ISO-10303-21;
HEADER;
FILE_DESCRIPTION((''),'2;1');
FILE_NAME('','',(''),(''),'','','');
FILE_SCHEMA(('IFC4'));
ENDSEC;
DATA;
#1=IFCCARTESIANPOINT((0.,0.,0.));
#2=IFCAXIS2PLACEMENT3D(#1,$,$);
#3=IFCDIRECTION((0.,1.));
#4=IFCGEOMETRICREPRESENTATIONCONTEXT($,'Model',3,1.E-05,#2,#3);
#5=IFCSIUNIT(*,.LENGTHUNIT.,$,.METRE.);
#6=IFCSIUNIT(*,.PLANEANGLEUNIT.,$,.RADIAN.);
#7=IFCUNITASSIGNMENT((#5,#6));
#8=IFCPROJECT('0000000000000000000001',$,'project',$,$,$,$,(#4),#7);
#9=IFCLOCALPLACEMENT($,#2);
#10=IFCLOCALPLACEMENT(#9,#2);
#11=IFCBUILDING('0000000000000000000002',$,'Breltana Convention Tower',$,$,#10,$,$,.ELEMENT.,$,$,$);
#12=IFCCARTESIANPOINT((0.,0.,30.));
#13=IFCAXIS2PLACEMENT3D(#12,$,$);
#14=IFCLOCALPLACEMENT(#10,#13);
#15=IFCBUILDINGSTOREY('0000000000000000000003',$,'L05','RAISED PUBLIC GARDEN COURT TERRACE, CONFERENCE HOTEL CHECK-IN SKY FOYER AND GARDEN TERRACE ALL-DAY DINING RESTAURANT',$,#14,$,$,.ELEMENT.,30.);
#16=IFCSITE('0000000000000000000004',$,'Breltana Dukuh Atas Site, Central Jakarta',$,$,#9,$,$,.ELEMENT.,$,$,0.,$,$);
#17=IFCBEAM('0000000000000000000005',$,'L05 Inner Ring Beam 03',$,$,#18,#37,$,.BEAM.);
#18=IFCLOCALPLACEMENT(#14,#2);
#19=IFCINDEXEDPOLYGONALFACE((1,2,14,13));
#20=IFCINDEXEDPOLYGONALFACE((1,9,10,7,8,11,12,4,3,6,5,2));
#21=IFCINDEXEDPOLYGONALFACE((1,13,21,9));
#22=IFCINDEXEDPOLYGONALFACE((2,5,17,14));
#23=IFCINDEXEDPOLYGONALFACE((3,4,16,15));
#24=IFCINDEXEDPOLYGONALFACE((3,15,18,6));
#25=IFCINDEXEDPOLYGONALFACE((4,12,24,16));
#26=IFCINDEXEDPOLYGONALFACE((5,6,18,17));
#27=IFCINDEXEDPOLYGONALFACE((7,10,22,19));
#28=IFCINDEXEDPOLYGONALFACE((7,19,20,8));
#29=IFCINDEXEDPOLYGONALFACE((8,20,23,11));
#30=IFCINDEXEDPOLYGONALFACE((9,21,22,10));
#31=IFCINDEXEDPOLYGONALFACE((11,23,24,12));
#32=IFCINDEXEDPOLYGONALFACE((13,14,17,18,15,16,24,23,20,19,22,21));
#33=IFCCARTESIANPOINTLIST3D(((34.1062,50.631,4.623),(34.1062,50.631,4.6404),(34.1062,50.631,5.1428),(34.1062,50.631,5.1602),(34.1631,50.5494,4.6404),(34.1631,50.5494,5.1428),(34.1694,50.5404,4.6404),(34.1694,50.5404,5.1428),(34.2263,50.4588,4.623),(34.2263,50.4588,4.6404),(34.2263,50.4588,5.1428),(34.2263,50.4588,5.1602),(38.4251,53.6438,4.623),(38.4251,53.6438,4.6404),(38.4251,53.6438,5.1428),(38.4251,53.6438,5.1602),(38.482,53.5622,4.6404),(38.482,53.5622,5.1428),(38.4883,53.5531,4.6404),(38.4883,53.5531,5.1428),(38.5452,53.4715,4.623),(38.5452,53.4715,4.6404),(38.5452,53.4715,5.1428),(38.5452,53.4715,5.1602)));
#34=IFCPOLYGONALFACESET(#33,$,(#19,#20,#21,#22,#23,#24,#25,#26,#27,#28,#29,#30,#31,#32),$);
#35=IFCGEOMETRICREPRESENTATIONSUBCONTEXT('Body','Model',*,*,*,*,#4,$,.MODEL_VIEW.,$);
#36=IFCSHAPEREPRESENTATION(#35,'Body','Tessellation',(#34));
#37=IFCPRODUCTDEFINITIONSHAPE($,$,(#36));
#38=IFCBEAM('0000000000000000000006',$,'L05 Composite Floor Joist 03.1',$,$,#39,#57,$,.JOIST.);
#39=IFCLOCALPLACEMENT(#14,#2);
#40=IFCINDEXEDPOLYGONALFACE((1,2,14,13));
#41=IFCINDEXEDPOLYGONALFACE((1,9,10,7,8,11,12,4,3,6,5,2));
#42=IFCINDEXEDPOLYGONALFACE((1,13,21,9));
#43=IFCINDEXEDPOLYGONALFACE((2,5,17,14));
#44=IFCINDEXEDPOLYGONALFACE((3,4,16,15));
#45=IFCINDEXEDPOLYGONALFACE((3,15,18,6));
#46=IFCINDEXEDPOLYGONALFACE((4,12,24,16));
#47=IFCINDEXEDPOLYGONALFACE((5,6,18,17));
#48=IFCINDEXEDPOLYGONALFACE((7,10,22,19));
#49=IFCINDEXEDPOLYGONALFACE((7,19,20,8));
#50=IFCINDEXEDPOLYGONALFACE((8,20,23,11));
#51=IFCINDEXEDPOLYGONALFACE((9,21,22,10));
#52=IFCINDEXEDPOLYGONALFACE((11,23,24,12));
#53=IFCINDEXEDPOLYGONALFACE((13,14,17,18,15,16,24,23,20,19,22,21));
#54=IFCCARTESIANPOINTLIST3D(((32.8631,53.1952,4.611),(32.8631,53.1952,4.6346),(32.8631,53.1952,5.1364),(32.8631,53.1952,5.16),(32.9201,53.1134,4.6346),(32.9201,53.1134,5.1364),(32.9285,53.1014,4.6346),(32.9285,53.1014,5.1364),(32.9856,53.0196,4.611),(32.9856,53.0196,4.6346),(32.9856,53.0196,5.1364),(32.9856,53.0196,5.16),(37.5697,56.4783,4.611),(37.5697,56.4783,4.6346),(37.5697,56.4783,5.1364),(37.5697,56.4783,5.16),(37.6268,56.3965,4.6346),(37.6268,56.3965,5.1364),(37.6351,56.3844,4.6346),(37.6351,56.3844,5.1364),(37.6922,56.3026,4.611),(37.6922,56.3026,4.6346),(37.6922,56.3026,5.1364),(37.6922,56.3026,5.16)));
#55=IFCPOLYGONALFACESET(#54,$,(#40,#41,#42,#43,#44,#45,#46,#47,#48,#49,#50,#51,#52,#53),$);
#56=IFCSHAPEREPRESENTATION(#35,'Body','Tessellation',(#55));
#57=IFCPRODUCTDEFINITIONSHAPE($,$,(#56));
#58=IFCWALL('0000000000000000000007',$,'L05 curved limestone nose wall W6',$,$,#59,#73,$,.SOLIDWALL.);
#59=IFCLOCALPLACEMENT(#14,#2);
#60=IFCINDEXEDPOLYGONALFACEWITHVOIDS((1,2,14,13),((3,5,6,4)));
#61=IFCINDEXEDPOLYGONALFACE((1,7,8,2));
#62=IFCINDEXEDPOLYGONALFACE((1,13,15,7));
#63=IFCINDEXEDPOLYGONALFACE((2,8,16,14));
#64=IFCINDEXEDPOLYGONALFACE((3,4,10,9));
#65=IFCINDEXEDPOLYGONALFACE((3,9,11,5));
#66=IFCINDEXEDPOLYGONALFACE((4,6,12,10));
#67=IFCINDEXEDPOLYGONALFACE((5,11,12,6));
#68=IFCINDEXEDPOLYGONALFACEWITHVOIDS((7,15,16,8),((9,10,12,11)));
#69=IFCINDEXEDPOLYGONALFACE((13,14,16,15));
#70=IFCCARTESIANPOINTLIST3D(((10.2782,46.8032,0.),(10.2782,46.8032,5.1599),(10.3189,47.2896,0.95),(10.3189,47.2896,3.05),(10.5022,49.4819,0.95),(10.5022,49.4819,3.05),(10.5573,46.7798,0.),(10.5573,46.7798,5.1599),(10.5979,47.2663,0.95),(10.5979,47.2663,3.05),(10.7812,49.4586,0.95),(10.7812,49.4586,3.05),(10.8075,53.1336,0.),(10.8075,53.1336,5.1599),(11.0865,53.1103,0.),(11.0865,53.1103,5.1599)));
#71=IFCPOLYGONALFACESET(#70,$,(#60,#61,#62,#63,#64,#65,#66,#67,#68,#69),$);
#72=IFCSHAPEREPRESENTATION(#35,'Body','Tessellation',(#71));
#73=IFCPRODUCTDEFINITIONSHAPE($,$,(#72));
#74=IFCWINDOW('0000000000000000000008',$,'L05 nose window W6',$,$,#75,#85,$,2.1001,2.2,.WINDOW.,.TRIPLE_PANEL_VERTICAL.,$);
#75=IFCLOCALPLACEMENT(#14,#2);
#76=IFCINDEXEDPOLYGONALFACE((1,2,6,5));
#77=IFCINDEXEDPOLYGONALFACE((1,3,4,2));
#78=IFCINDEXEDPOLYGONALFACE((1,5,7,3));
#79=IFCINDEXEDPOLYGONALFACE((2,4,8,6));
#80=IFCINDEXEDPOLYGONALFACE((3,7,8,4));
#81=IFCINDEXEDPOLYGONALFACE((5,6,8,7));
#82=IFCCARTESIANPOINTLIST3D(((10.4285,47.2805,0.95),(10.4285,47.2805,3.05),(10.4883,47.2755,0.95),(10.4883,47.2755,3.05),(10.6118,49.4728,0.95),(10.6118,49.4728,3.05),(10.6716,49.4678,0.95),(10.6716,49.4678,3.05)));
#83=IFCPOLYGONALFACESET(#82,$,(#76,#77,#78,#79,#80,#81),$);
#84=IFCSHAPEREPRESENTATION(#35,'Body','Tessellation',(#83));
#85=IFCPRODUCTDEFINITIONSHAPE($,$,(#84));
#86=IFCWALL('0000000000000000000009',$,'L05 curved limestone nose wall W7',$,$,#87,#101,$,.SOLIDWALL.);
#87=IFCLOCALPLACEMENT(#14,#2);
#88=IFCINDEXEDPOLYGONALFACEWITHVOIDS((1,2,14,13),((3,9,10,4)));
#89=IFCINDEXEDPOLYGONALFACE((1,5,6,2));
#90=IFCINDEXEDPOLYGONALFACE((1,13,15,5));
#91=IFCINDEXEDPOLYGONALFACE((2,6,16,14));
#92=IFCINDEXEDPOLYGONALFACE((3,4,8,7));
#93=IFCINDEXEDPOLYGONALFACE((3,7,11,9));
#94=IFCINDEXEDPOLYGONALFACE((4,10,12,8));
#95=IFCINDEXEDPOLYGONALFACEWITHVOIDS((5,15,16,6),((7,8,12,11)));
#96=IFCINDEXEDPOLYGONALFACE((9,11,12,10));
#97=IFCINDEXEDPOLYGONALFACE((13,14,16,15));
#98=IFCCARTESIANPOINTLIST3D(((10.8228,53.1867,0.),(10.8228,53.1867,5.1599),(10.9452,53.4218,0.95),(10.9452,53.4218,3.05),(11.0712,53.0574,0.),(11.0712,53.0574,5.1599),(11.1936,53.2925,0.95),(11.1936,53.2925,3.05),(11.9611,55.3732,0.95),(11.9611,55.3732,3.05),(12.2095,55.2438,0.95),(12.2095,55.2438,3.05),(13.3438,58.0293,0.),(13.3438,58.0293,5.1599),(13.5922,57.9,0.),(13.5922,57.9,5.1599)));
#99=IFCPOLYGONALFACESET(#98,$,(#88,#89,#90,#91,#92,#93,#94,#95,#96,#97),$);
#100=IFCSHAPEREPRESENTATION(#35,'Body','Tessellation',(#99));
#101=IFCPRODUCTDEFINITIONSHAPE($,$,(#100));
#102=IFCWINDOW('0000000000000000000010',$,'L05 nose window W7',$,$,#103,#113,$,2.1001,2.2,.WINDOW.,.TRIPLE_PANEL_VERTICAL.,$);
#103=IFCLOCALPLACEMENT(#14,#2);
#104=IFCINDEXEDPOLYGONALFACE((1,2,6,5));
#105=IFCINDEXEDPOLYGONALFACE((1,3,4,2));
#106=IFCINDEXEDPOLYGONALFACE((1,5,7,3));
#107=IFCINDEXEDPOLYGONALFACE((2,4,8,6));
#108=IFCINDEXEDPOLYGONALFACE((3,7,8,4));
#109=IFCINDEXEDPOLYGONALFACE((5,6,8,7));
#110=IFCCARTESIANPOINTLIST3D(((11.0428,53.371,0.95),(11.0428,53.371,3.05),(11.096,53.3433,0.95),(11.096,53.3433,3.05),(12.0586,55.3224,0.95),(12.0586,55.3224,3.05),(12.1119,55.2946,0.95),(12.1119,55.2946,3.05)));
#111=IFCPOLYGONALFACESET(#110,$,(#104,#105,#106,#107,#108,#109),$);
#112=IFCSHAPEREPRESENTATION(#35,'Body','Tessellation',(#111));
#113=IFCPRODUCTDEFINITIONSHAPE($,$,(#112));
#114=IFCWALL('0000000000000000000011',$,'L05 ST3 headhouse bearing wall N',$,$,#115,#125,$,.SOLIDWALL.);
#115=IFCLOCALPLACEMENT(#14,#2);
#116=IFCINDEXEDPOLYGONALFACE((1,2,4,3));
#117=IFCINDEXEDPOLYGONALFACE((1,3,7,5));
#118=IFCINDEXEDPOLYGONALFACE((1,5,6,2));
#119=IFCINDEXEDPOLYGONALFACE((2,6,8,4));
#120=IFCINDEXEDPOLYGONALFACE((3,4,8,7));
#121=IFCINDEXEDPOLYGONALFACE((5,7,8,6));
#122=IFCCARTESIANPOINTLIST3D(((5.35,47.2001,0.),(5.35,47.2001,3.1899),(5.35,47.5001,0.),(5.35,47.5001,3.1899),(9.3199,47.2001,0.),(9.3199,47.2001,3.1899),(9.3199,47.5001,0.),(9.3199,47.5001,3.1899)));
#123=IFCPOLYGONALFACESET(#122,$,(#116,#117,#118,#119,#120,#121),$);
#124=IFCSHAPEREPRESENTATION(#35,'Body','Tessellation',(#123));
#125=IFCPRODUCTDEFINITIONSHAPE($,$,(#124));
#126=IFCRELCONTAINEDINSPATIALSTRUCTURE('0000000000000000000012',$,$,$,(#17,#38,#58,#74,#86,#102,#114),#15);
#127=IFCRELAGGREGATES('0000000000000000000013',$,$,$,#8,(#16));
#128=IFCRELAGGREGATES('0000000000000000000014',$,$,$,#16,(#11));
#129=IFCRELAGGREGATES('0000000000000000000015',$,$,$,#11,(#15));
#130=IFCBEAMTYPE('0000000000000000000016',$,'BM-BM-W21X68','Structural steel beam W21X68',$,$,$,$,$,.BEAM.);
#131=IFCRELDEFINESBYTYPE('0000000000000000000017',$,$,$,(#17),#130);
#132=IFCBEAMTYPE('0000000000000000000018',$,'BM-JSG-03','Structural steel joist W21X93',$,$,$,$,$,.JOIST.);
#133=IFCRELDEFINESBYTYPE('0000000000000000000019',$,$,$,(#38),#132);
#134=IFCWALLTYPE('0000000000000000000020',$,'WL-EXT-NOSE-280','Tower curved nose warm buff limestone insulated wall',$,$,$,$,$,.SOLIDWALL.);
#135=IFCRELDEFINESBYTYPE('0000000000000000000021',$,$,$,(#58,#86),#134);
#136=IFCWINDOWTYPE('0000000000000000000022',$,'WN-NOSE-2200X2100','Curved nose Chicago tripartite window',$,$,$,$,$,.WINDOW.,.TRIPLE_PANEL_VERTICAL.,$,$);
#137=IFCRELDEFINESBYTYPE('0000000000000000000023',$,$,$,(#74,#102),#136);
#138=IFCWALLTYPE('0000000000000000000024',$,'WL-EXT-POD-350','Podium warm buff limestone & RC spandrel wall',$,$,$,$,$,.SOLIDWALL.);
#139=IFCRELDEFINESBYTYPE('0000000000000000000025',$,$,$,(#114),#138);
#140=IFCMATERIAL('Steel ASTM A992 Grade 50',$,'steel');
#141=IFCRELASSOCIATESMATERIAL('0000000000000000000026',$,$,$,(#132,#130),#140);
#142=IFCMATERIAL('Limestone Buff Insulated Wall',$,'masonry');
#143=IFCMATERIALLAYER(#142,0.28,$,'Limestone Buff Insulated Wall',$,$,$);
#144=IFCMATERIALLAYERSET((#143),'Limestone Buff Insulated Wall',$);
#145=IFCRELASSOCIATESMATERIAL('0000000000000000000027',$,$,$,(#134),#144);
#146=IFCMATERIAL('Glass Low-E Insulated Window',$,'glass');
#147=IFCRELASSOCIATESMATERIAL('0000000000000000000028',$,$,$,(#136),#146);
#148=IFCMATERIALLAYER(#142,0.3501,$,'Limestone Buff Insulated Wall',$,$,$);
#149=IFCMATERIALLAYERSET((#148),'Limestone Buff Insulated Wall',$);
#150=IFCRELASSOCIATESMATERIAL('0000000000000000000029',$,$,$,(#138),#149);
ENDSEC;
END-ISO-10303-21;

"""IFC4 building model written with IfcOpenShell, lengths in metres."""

from ifc_helpers import new_model, si_unit, direction, frame, frame_2d, origin, origin_2d, place, context, subcontext, project, spatial, rectangle, i_section, extrude, source, transform, mapped, material, layer, layer_set, material_profile, profile_set, type_object, type_shapes, element, fill, save


model = new_model("IFC4")

# Units and contexts
model_context = context("Model", 3, precision=1e-05, world=origin(), true_north=direction((0.0, 1.0)))
body_context = subcontext(model_context, "Body", "Model", "MODEL_VIEW")
ifc_project = project(units=[si_unit("LENGTHUNIT", "METRE"), si_unit("PLANEANGLEUNIT", "RADIAN")], contexts=[model_context])

# Site, building, storey
site_placement = place(None, origin())
site = spatial("IfcSite", under=ifc_project, at=site_placement, Name="Breltana Dukuh Atas Site, Central Jakarta", CompositionType="ELEMENT", RefElevation=0.0)
building_placement = place(site_placement, origin())
building = spatial("IfcBuilding", under=site, at=building_placement, Name="Breltana Convention Tower", CompositionType="ELEMENT")
storey_placement = place(building_placement, frame((0.0, 0.0, 30.0)))
storey = spatial("IfcBuildingStorey", under=building, at=storey_placement, Name="L05", Description="RAISED PUBLIC GARDEN COURT TERRACE, CONFERENCE HOTEL CHECK-IN SKY FOYER AND GARDEN TERRACE ALL-DAY DINING RESTAURANT", CompositionType="ELEMENT", Elevation=30.0)

# Beams
ifc_material_1 = material(Name="Steel ASTM A992 Grade 50", Category="steel")
ifc_material_profile_1 = material_profile(ifc_material_1, i_section(OverallWidth=0.2141, OverallDepth=0.5491, WebThickness=0.0146, FlangeThickness=0.0237, at=origin_2d()), Name="W21X93")
ifc_profile_set_1 = profile_set([ifc_material_profile_1], Name="Steel ASTM A992 Grade 50")
beam_type_1 = type_object("IfcBeamType", Name="BM-JSG-03", Description="Structural steel joist W21X93", PredefinedType="JOIST", material=ifc_profile_set_1)
ifc_material_profile_2 = material_profile(ifc_material_1, i_section(OverallWidth=0.21, OverallDepth=0.5371, WebThickness=0.011, FlangeThickness=0.0173, at=origin_2d()), Name="W21X68")
ifc_profile_set_2 = profile_set([ifc_material_profile_2], Name="Steel ASTM A992 Grade 50")
beam_type_2 = type_object("IfcBeamType", Name="BM-BM-W21X68", Description="Structural steel beam W21X68", PredefinedType="BEAM", material=ifc_profile_set_2)
shared_shape_1 = source(origin(), body_context, "Body", "SweptSolid", [
    extrude(i_section(OverallWidth=0.21, OverallDepth=0.5371, WebThickness=0.011, FlangeThickness=0.0173, at=origin_2d()), origin(), (0.0, 0.0, 1.0), 5.2659),
])
beam_1_placement = place(storey_placement, frame((34.1663, 50.5449, 4.8916), z_axis=(0.820167, 0.572124, 0.0), x_axis=(-0.572124, 0.820167, 0.0)))
element("IfcBeam", 1, at=beam_1_placement, inside=storey, type_object=beam_type_2, Name="L05 Inner Ring Beam 03", PredefinedType="BEAM", context=body_context, shape_type="MappedRepresentation", body=[
    mapped(shared_shape_1, transform((0.0, 0.0, 0.0), scale=1.0)),
])
shared_shape_2 = source(origin(), body_context, "Body", "SweptSolid", [
    extrude(i_section(OverallWidth=0.2141, OverallDepth=0.5491, WebThickness=0.0146, FlangeThickness=0.0237, at=origin_2d()), origin(), (0.0, 0.0, 1.0), 5.7385),
])
beam_2_placement = place(storey_placement, frame((32.9243, 53.1074, 4.8855), z_axis=(0.820182, 0.572102, 0.0), x_axis=(-0.572102, 0.820182, 0.0)))
element("IfcBeam", 2, at=beam_2_placement, inside=storey, type_object=beam_type_1, Name="L05 Composite Floor Joist 03.1", PredefinedType="JOIST", context=body_context, shape_type="MappedRepresentation", body=[
    mapped(shared_shape_2, transform((0.0, 0.0, 0.0), scale=1.0)),
])

# Walls, openings, windows
ifc_material_2 = material(Name="Limestone Buff Insulated Wall", Category="masonry")
ifc_layer_1 = layer(ifc_material_2, 0.28, Name="Limestone Buff Insulated Wall")
ifc_layer_set_1 = layer_set([ifc_layer_1], Name="Limestone Buff Insulated Wall")
wall_type_1 = type_object("IfcWallType", Name="WL-EXT-NOSE-280", Description="Tower curved nose warm buff limestone insulated wall", PredefinedType="SOLIDWALL", material=ifc_layer_set_1)
shared_shape_3 = source(origin(), body_context, "Body", "SweptSolid", [
    extrude(rectangle(XDim=6.3525, YDim=0.28, at=frame_2d((3.1763, 0.0))), origin(), (0.0, 0.0, 1.0), 5.1599),
])
type_shapes(wall_type_1, [shared_shape_3])
wall_1_placement = place(storey_placement, frame((10.4177, 46.7915, 0.0), z_axis=(0.0, 0.0, 1.0), x_axis=(0.083319, 0.996523, 0.0)))
wall_1 = element("IfcWall", 3, at=wall_1_placement, inside=storey, type_object=wall_type_1, Name="L05 curved limestone nose wall W6", PredefinedType="SOLIDWALL", context=body_context, shape_type="MappedRepresentation", body=[
    mapped(shared_shape_3, transform((0.0, 0.0, 0.0), scale=1.0)),
])
opening_1_placement = place(wall_1_placement, frame((0.488, 0.0, 0.95)))
opening_1 = element("IfcOpeningElement", 4, at=opening_1_placement, cuts=wall_1, PredefinedType="OPENING", context=body_context, shape_type="SweptSolid", body=[
    extrude(rectangle(XDim=2.2, YDim=2.1001, at=frame_2d((1.1001, 1.05))), frame((0.0, 0.1499, 0.0), z_axis=(0.0, -1.0, 0.0), x_axis=(1.0, 0.0, 0.0)), (0.0, 0.0, 1.0), 0.3),
])
ifc_material_3 = material(Name="Glass Low-E Insulated Window", Category="glass")
window_type = type_object("IfcWindowType", Name="WN-NOSE-2200X2100", Description="Curved nose Chicago tripartite window", PartitioningType="TRIPLE_PANEL_VERTICAL", PredefinedType="WINDOW", material=ifc_material_3)
shared_shape_4 = source(origin(), body_context, "Body", "SweptSolid", [
    extrude(rectangle(XDim=2.2, YDim=2.1001, at=frame_2d((1.1001, 1.05))), frame((0.0, 0.03, 0.0), z_axis=(0.0, -1.0, 0.0), x_axis=(1.0, 0.0, 0.0)), (0.0, 0.0, 1.0), 0.0601),
])
type_shapes(window_type, [shared_shape_4])
window_1_placement = place(opening_1_placement, origin())
window_1 = element("IfcWindow", 5, at=window_1_placement, inside=storey, type_object=window_type, Name="L05 nose window W6", OverallHeight=2.1001, OverallWidth=2.2, PartitioningType="TRIPLE_PANEL_VERTICAL", PredefinedType="WINDOW", context=body_context, shape_type="MappedRepresentation", body=[
    mapped(shared_shape_4, transform((0.0, 0.0, 0.0), scale=1.0)),
])
fill(opening_1, window_1)
shared_shape_5 = source(origin(), body_context, "Body", "SweptSolid", [
    extrude(rectangle(XDim=5.4595, YDim=0.28, at=frame_2d((2.7297, 0.0))), origin(), (0.0, 0.0, 1.0), 5.1599),
])
wall_2_placement = place(storey_placement, frame((10.947, 53.1221, 0.0), z_axis=(0.0, 0.0, 1.0), x_axis=(0.461768, 0.887001, 0.0)))
wall_2 = element("IfcWall", 6, at=wall_2_placement, inside=storey, type_object=wall_type_1, Name="L05 curved limestone nose wall W7", PredefinedType="SOLIDWALL", context=body_context, shape_type="MappedRepresentation", body=[
    mapped(shared_shape_5, transform((0.0, 0.0, 0.0), scale=1.0)),
])
opening_2_placement = place(wall_2_placement, frame((0.2649, 0.0, 0.95)))
opening_2 = element("IfcOpeningElement", 7, at=opening_2_placement, cuts=wall_2, PredefinedType="OPENING", context=body_context, shape_type="SweptSolid", body=[
    extrude(rectangle(XDim=2.2, YDim=2.1001, at=frame_2d((1.1001, 1.05))), frame((0.0, 0.1499, 0.0), z_axis=(0.0, -1.0, 0.0), x_axis=(1.0, 0.0, 0.0)), (0.0, 0.0, 1.0), 0.3),
])
window_2_placement = place(opening_2_placement, origin())
window_2 = element("IfcWindow", 8, at=window_2_placement, inside=storey, type_object=window_type, Name="L05 nose window W7", OverallHeight=2.1001, OverallWidth=2.2, PartitioningType="TRIPLE_PANEL_VERTICAL", PredefinedType="WINDOW", context=body_context, shape_type="MappedRepresentation", body=[
    mapped(shared_shape_4, transform((0.0, 0.0, 0.0), scale=1.0)),
])
fill(opening_2, window_2)

# Wall
ifc_layer_2 = layer(ifc_material_2, 0.3501, Name="Limestone Buff Insulated Wall")
ifc_layer_set_2 = layer_set([ifc_layer_2], Name="Limestone Buff Insulated Wall")
wall_type_2 = type_object("IfcWallType", Name="WL-EXT-POD-350", Description="Podium warm buff limestone & RC spandrel wall", PredefinedType="SOLIDWALL", material=ifc_layer_set_2)
shared_shape_6 = source(origin(), body_context, "Body", "SweptSolid", [
    extrude(rectangle(XDim=3.97, YDim=0.3, at=frame_2d((1.9849, 0.0))), origin(), (0.0, 0.0, 1.0), 3.1899),
])
wall_3_placement = place(storey_placement, frame((5.3501, 47.3501, 0.0), z_axis=(0.0, 0.0, 1.0), x_axis=(1.0, 0.0, 0.0)))
element("IfcWall", 9, at=wall_3_placement, inside=storey, type_object=wall_type_2, Name="L05 ST3 headhouse bearing wall N", PredefinedType="SOLIDWALL", context=body_context, shape_type="MappedRepresentation", body=[
    mapped(shared_shape_6, transform((0.0, 0.0, 0.0), scale=1.0)),
])

save(model, "model.ifc")
